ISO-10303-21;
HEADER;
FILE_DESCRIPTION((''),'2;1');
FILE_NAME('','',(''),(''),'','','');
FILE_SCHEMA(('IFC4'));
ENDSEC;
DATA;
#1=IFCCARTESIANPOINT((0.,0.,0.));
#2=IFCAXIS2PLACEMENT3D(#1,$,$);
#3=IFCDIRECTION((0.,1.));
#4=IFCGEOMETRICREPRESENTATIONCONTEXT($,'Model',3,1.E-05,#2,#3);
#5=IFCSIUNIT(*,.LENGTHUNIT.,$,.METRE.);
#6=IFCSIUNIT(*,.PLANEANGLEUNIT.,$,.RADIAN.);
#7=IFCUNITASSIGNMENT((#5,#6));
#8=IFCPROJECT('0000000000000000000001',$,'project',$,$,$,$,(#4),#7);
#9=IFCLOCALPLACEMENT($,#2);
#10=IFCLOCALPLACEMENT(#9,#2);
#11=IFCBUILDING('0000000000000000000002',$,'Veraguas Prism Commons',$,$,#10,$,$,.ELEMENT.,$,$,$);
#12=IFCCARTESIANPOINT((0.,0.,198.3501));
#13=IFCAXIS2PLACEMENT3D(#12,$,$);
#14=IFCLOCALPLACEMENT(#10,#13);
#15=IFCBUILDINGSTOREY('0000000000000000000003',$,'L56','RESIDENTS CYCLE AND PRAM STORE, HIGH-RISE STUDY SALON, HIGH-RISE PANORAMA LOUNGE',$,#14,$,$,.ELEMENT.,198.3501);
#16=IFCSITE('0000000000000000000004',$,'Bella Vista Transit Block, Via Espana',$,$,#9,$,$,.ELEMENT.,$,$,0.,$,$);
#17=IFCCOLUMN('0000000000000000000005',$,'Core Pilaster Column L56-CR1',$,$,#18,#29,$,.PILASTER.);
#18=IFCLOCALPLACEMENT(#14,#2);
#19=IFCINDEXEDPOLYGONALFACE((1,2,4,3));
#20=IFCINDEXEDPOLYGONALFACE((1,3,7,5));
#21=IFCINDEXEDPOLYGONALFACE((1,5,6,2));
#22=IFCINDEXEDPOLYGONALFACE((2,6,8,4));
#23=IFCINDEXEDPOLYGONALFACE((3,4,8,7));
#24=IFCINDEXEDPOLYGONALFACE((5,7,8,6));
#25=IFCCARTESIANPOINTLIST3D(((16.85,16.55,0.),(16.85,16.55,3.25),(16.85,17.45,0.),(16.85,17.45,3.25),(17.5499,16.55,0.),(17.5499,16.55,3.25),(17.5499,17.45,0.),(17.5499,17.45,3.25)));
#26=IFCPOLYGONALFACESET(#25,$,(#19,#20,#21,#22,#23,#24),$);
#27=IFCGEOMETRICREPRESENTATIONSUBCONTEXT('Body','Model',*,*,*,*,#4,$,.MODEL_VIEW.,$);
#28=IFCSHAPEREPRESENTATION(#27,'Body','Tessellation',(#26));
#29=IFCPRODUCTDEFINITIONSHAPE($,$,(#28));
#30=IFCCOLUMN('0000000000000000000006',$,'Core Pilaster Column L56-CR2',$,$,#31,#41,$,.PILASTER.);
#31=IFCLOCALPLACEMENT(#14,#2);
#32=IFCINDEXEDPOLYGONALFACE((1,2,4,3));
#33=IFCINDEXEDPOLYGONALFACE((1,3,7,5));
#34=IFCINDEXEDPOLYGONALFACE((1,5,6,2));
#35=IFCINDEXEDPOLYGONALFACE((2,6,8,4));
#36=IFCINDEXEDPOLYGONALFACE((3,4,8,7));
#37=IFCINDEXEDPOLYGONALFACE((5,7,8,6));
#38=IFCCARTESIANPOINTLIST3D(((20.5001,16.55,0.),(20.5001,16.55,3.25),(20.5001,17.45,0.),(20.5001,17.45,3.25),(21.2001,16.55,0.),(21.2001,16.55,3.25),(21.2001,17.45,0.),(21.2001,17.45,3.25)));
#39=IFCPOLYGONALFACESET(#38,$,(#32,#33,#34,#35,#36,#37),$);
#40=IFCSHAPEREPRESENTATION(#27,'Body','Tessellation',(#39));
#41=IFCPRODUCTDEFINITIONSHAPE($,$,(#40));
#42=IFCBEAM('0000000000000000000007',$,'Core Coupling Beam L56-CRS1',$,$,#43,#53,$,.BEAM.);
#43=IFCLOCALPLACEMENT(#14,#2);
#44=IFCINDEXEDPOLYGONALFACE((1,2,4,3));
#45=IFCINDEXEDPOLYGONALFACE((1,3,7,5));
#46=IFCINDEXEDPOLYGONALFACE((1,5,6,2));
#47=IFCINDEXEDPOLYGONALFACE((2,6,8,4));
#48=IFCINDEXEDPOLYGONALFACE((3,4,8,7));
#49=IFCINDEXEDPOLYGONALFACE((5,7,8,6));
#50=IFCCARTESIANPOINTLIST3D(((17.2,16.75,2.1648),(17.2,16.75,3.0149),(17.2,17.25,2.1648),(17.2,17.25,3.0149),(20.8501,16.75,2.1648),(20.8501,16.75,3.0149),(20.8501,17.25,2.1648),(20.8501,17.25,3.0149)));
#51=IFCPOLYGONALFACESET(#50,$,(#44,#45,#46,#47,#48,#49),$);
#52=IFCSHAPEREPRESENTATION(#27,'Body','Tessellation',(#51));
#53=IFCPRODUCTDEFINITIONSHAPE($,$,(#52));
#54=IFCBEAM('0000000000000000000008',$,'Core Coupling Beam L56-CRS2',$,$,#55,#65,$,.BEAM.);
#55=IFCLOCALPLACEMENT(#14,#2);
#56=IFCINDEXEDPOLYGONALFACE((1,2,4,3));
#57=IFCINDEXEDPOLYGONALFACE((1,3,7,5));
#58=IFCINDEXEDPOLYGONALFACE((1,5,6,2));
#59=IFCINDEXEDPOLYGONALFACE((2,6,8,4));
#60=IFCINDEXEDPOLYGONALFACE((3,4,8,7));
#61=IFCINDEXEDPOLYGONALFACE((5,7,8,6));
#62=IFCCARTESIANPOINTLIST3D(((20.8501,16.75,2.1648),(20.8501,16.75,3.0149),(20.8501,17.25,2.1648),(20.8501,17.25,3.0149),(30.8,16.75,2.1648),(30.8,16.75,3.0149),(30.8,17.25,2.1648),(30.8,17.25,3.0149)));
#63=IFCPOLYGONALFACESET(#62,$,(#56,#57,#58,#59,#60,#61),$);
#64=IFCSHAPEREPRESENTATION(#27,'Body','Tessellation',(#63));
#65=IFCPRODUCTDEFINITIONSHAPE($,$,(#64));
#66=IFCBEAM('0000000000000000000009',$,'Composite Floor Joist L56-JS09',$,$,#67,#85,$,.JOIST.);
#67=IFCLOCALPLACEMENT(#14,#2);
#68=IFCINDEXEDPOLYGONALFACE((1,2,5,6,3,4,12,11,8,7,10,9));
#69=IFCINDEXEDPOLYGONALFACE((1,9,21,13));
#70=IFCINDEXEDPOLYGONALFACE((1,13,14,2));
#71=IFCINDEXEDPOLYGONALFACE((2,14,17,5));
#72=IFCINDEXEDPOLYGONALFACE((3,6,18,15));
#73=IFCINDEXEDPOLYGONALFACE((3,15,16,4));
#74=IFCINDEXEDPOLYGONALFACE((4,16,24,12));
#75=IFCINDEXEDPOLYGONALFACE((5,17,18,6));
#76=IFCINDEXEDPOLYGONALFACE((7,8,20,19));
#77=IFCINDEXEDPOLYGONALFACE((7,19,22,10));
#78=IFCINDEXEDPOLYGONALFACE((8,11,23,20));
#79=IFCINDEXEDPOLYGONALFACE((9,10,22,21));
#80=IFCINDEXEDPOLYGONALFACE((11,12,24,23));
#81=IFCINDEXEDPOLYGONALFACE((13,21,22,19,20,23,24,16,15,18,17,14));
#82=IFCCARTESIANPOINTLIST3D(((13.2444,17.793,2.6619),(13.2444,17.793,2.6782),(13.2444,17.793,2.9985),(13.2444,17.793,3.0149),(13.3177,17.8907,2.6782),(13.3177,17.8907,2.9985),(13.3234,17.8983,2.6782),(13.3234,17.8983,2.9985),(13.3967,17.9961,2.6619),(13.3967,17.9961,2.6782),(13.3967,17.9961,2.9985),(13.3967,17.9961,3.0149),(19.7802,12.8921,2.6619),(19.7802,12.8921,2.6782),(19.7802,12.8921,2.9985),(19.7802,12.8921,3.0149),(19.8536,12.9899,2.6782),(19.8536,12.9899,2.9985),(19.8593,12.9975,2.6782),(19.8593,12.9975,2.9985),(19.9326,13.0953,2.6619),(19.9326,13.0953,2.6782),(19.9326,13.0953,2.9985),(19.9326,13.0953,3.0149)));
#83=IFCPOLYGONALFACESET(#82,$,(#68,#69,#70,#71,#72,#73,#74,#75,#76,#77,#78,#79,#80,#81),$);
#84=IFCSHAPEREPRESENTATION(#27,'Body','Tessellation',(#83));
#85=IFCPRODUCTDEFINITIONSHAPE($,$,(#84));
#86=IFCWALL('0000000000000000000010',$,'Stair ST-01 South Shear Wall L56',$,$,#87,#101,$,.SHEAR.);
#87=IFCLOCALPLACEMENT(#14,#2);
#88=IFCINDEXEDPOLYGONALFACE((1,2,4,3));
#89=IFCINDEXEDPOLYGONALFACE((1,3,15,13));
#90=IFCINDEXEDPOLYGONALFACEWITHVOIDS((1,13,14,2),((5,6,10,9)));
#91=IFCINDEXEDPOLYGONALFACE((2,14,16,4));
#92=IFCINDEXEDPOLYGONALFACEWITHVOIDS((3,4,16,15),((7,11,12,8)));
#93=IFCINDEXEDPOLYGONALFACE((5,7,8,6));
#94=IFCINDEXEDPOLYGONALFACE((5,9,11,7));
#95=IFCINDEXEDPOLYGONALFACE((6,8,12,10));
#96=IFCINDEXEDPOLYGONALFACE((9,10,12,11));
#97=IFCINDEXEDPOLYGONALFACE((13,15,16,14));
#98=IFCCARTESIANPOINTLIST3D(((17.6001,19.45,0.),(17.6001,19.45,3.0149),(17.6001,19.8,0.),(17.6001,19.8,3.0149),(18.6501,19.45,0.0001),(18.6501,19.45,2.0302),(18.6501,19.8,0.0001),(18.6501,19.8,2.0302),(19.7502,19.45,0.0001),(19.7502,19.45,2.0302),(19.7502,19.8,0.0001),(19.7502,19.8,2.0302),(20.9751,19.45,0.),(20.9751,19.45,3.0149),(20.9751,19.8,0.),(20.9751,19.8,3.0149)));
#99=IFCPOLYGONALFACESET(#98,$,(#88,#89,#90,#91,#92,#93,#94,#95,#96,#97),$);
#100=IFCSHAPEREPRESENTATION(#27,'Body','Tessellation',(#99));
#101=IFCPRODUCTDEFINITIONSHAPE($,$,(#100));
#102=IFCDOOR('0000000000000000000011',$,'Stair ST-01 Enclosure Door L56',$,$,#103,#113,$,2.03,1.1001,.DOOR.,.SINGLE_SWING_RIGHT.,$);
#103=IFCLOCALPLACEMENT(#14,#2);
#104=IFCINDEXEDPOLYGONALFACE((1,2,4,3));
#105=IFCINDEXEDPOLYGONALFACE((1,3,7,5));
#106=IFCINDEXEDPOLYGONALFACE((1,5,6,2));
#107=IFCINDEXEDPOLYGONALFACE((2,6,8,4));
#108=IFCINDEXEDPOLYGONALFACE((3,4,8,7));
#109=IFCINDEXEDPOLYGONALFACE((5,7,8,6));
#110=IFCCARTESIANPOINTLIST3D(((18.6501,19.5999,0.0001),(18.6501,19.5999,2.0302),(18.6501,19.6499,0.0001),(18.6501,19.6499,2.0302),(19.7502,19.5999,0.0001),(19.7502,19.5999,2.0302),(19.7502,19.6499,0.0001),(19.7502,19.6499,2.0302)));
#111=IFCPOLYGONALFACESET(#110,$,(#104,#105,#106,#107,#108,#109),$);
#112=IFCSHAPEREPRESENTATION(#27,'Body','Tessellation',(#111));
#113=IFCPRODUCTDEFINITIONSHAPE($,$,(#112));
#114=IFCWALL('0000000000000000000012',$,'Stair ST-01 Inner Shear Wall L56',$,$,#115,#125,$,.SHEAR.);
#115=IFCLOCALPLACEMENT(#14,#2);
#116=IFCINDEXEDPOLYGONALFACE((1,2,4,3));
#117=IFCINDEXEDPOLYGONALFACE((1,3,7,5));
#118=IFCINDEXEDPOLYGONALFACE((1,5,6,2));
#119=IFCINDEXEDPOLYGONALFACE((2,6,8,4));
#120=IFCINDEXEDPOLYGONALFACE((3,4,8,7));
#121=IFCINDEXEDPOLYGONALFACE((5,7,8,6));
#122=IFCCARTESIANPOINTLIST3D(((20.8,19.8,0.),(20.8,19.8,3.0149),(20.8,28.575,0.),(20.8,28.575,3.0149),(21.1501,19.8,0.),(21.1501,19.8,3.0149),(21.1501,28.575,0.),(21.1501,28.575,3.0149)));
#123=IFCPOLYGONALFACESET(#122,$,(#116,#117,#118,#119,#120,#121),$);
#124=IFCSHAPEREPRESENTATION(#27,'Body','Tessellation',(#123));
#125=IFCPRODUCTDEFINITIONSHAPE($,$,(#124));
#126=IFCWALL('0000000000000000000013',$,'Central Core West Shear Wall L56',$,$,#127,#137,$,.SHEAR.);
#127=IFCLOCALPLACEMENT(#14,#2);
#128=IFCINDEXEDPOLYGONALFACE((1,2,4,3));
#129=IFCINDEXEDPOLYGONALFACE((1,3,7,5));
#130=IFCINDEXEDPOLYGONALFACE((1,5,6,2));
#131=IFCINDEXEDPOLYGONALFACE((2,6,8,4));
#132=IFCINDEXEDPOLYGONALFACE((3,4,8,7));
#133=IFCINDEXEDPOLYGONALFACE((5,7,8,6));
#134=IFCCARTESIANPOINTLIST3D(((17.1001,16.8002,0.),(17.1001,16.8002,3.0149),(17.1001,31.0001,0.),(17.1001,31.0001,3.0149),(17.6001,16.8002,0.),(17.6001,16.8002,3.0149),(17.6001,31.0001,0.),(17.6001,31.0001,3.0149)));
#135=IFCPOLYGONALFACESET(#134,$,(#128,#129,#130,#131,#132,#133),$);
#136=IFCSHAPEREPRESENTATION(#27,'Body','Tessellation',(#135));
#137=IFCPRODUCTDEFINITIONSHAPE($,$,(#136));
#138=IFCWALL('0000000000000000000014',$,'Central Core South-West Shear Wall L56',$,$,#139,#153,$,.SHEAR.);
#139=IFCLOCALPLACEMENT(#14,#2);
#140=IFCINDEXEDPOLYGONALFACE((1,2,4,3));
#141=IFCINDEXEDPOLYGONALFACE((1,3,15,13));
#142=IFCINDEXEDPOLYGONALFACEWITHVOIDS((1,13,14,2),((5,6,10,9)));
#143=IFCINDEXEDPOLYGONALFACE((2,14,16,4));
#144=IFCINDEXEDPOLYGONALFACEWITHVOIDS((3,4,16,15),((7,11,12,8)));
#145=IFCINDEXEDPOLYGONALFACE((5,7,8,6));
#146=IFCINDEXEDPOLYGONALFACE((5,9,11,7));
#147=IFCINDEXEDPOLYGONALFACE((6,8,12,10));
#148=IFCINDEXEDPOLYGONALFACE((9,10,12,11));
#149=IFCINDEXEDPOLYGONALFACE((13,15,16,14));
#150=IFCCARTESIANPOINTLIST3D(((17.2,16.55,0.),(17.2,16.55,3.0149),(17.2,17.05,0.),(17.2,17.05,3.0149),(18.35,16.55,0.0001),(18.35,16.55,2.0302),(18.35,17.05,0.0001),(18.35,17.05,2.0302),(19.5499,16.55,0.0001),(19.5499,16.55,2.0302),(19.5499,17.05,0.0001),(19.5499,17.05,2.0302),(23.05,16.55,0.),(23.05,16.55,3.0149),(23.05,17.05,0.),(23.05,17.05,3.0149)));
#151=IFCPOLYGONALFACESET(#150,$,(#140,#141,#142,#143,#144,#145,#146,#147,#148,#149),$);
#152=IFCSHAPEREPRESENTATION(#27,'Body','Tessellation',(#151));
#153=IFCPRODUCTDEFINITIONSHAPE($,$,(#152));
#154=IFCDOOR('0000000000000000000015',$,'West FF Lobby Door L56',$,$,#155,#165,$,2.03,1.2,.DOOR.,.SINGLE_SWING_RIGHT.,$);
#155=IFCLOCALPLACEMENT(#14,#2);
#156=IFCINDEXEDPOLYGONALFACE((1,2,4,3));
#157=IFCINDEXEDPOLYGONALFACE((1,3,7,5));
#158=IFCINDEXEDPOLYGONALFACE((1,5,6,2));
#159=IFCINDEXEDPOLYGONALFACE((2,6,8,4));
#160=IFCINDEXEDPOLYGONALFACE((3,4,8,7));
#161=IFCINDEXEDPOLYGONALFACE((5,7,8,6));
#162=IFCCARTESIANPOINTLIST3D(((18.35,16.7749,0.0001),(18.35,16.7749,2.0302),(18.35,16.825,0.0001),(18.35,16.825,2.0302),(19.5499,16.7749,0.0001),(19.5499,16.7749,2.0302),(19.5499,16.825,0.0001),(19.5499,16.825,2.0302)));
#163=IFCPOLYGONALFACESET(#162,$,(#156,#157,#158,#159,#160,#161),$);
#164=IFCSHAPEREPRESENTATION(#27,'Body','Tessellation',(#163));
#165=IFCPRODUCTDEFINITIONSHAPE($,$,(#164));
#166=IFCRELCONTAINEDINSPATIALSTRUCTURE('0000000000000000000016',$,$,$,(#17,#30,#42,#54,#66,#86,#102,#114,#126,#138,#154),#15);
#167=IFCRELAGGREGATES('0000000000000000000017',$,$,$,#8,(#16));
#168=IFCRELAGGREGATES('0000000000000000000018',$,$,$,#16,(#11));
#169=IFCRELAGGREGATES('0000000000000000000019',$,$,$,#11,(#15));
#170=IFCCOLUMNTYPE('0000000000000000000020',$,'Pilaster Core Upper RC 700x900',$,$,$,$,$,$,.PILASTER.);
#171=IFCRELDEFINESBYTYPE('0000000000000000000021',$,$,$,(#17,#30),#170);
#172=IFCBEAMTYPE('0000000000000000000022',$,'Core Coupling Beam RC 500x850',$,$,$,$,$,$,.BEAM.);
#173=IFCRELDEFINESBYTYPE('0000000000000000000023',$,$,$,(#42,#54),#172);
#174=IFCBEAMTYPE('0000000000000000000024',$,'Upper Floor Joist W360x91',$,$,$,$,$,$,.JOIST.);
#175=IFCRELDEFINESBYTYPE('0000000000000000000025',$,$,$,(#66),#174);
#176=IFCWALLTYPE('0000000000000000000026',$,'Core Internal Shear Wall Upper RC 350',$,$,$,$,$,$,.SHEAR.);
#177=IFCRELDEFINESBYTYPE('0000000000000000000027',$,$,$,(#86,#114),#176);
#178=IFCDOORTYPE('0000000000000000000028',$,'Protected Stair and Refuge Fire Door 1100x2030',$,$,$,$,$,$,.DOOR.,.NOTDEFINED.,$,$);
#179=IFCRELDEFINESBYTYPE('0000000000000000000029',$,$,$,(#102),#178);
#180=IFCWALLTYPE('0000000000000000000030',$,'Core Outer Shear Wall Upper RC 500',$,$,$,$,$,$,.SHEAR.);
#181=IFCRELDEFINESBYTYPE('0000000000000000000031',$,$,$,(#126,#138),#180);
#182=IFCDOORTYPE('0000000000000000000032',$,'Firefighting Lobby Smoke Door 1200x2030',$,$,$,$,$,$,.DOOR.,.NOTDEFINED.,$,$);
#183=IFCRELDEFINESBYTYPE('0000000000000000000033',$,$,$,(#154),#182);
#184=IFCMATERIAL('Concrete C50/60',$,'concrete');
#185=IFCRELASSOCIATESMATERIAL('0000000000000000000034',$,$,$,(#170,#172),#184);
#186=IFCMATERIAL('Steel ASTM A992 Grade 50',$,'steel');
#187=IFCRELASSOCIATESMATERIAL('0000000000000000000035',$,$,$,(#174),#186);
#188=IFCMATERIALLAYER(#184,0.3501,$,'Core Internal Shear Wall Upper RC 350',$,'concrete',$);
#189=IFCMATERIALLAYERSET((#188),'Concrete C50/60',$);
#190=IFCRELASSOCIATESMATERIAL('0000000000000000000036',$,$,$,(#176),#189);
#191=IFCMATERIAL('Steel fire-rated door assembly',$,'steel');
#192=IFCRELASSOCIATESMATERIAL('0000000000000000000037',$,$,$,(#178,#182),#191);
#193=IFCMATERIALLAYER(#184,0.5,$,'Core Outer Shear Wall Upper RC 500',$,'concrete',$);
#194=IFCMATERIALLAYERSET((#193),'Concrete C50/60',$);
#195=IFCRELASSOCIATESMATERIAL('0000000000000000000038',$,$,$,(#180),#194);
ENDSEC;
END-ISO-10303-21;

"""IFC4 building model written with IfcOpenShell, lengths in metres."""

from ifc_helpers import new_model, si_unit, direction, frame, frame_2d, origin, origin_2d, place, context, subcontext, project, spatial, rectangle, i_section, extrude, source, transform, mapped, material, layer, layer_set, material_profile, profile_set, type_object, element, fill, save


model = new_model("IFC4")

# Units and contexts
model_context = context("Model", 3, precision=1e-05, world=origin(), true_north=direction((0.0, 1.0)))
body_context = subcontext(model_context, "Body", "Model", "MODEL_VIEW")
ifc_project = project(units=[si_unit("LENGTHUNIT", "METRE"), si_unit("PLANEANGLEUNIT", "RADIAN")], contexts=[model_context])

# Site, building, storey
site_placement = place(None, origin())
site = spatial("IfcSite", under=ifc_project, at=site_placement, Name="Bella Vista Transit Block, Via Espana", CompositionType="ELEMENT", RefElevation=0.0)
building_placement = place(site_placement, origin())
building = spatial("IfcBuilding", under=site, at=building_placement, Name="Veraguas Prism Commons", CompositionType="ELEMENT")
storey_placement = place(building_placement, frame((0.0, 0.0, 198.3501)))
storey = spatial("IfcBuildingStorey", under=building, at=storey_placement, Name="L56", Description="RESIDENTS CYCLE AND PRAM STORE, HIGH-RISE STUDY SALON, HIGH-RISE PANORAMA LOUNGE", CompositionType="ELEMENT", Elevation=198.3501)

# Columns
ifc_material_1 = material(Name="Concrete C50/60", Category="concrete")
ifc_material_profile_1 = material_profile(ifc_material_1, rectangle(XDim=0.7, YDim=0.8999, at=origin_2d()), Name="RC700X900")
ifc_profile_set_1 = profile_set([ifc_material_profile_1], Name="Concrete C50/60")
column_type = type_object("IfcColumnType", Name="Pilaster Core Upper RC 700x900", PredefinedType="PILASTER", material=ifc_profile_set_1)
for number, where, z_axis, x_axis, name in (
    (1, (17.2, 17.0, 0.0), (0.0, 0.0, 1.0), (1.0, 0.0, 0.0), "Core Pilaster Column L56-CR1"),
    (2, (20.8501, 17.0, 0.0), (0.0, 0.0, 1.0), (1.0, 0.0, 0.0), "Core Pilaster Column L56-CR2"),
):
    element("IfcColumn", number, at=place(storey_placement, frame(where, z_axis=z_axis, x_axis=x_axis)), inside=storey, type_object=column_type, Name=name, PredefinedType="PILASTER", context=body_context, shape_type="SweptSolid", body=[
        extrude(rectangle(XDim=0.7, YDim=0.8999, at=origin_2d()), origin(), (0.0, 0.0, 1.0), 3.25),
    ])

# Beams
ifc_material_profile_2 = material_profile(ifc_material_1, rectangle(XDim=0.5, YDim=0.8501, at=origin_2d()), Name="RC500X850")
ifc_profile_set_2 = profile_set([ifc_material_profile_2], Name="Concrete C50/60")
beam_type_1 = type_object("IfcBeamType", Name="Core Coupling Beam RC 500x850", PredefinedType="BEAM", material=ifc_profile_set_2)
beam_1_placement = place(storey_placement, frame((17.2, 17.0, 2.5898), z_axis=(1.0, 0.0, 0.0), x_axis=(0.0, 1.0, 0.0)))
element("IfcBeam", 3, at=beam_1_placement, inside=storey, type_object=beam_type_1, Name="Core Coupling Beam L56-CRS1", PredefinedType="BEAM", context=body_context, shape_type="SweptSolid", body=[
    extrude(rectangle(XDim=0.5, YDim=0.8501, at=origin_2d()), origin(), (0.0, 0.0, 1.0), 3.6501),
])
beam_2_placement = place(storey_placement, frame((20.8501, 17.0, 2.5898), z_axis=(1.0, 0.0, 0.0), x_axis=(0.0, 1.0, 0.0)))
element("IfcBeam", 4, at=beam_2_placement, inside=storey, type_object=beam_type_1, Name="Core Coupling Beam L56-CRS2", PredefinedType="BEAM", context=body_context, shape_type="SweptSolid", body=[
    extrude(rectangle(XDim=0.5, YDim=0.8501, at=origin_2d()), origin(), (0.0, 0.0, 1.0), 9.95),
])
ifc_material_2 = material(Name="Steel ASTM A992 Grade 50", Category="steel")
ifc_material_profile_3 = material_profile(ifc_material_2, i_section(OverallWidth=0.2539, OverallDepth=0.353, WebThickness=0.0095, FlangeThickness=0.0164, at=origin_2d()), Name="W360X91")
ifc_profile_set_3 = profile_set([ifc_material_profile_3], Name="Steel ASTM A992 Grade 50")
beam_type_2 = type_object("IfcBeamType", Name="Upper Floor Joist W360x91", PredefinedType="JOIST", material=ifc_profile_set_3)
beam_3_placement = place(storey_placement, frame((13.3206, 17.8945, 2.8384), z_axis=(0.800061, -0.599919, 0.0), x_axis=(0.599919, 0.800061, 0.0)))
element("IfcBeam", 5, at=beam_3_placement, inside=storey, type_object=beam_type_2, Name="Composite Floor Joist L56-JS09", PredefinedType="JOIST", context=body_context, shape_type="SweptSolid", body=[
    extrude(i_section(OverallWidth=0.2539, OverallDepth=0.353, WebThickness=0.0095, FlangeThickness=0.0164, at=origin_2d()), origin(), (0.0, 0.0, 1.0), 8.1692),
])

# Wall, opening, door
ifc_layer_1 = layer(ifc_material_1, 0.3501, Name="Core Internal Shear Wall Upper RC 350", Category="concrete")
ifc_layer_set_1 = layer_set([ifc_layer_1], Name="Concrete C50/60")
wall_type_1 = type_object("IfcWallType", Name="Core Internal Shear Wall Upper RC 350", PredefinedType="SHEAR", material=ifc_layer_set_1)
wall_1_placement = place(storey_placement, frame((17.6001, 19.625, 0.0), z_axis=(0.0, 0.0, 1.0), x_axis=(1.0, 0.0, 0.0)))
wall_1 = element("IfcWall", 6, at=wall_1_placement, inside=storey, type_object=wall_type_1, Name="Stair ST-01 South Shear Wall L56", PredefinedType="SHEAR", context=body_context, shape_type="SweptSolid", body=[
    extrude(rectangle(XDim=3.375, YDim=0.3501, at=frame_2d((1.6875, 0.0))), origin(), (0.0, 0.0, 1.0), 3.0149),
])
opening_1_placement = place(wall_1_placement, frame((1.05, 0.0, 0.0)))
opening_1 = element("IfcOpeningElement", 7, at=opening_1_placement, cuts=wall_1, PredefinedType="OPENING", context=body_context, shape_type="SweptSolid", body=[
    extrude(rectangle(XDim=1.1001, YDim=2.03, at=frame_2d((0.55, 1.0151))), frame((0.0, 0.1851, 0.0), z_axis=(0.0, -1.0, 0.0), x_axis=(1.0, 0.0, 0.0)), (0.0, 0.0, 1.0), 0.3701),
])
ifc_material_3 = material(Name="Steel fire-rated door assembly", Category="steel")
door_type_1 = type_object("IfcDoorType", Name="Protected Stair and Refuge Fire Door 1100x2030", OperationType="NOTDEFINED", PredefinedType="DOOR", material=ifc_material_3)
shared_shape_1 = source(origin(), body_context, "Body", "SweptSolid", [
    extrude(rectangle(XDim=1.1001, YDim=2.03, at=frame_2d((0.55, 1.0151))), frame((0.0, 0.0249, 0.0), z_axis=(0.0, -1.0, 0.0), x_axis=(1.0, 0.0, 0.0)), (0.0, 0.0, 1.0), 0.05),
])
door_1_placement = place(opening_1_placement, origin())
door_1 = element("IfcDoor", 8, at=door_1_placement, inside=storey, type_object=door_type_1, Name="Stair ST-01 Enclosure Door L56", OperationType="SINGLE_SWING_RIGHT", OverallHeight=2.03, OverallWidth=1.1001, PredefinedType="DOOR", context=body_context, shape_type="MappedRepresentation", body=[
    mapped(shared_shape_1, transform((0.0, 0.0, 0.0), scale=1.0)),
])
fill(opening_1, door_1)

# Walls
wall_2_placement = place(storey_placement, frame((20.9751, 19.8, 0.0), z_axis=(0.0, 0.0, 1.0), x_axis=(0.0, 1.0, 0.0)))
element("IfcWall", 9, at=wall_2_placement, inside=storey, type_object=wall_type_1, Name="Stair ST-01 Inner Shear Wall L56", PredefinedType="SHEAR", context=body_context, shape_type="SweptSolid", body=[
    extrude(rectangle(XDim=8.7749, YDim=0.3501, at=frame_2d((4.3875, 0.0))), origin(), (0.0, 0.0, 1.0), 3.0149),
])
ifc_layer_2 = layer(ifc_material_1, 0.5, Name="Core Outer Shear Wall Upper RC 500", Category="concrete")
ifc_layer_set_2 = layer_set([ifc_layer_2], Name="Concrete C50/60")
wall_type_2 = type_object("IfcWallType", Name="Core Outer Shear Wall Upper RC 500", PredefinedType="SHEAR", material=ifc_layer_set_2)
wall_3_placement = place(storey_placement, frame((17.3501, 16.8, 0.0), z_axis=(0.0, 0.0, 1.0), x_axis=(0.0, 1.0, 0.0)))
element("IfcWall", 10, at=wall_3_placement, inside=storey, type_object=wall_type_2, Name="Central Core West Shear Wall L56", PredefinedType="SHEAR", context=body_context, shape_type="SweptSolid", body=[
    extrude(rectangle(XDim=14.2, YDim=0.5, at=frame_2d((7.1001, 0.0))), origin(), (0.0, 0.0, 1.0), 3.0149),
])

# Wall, opening, door
wall_4_placement = place(storey_placement, frame((17.2, 16.8, 0.0), z_axis=(0.0, 0.0, 1.0), x_axis=(1.0, 0.0, 0.0)))
wall_4 = element("IfcWall", 11, at=wall_4_placement, inside=storey, type_object=wall_type_2, Name="Central Core South-West Shear Wall L56", PredefinedType="SHEAR", context=body_context, shape_type="SweptSolid", body=[
    extrude(rectangle(XDim=5.8501, YDim=0.5, at=frame_2d((2.925, 0.0))), origin(), (0.0, 0.0, 1.0), 3.0149),
])
opening_2_placement = place(wall_4_placement, frame((1.1499, 0.0, 0.0)))
opening_2 = element("IfcOpeningElement", 12, at=opening_2_placement, cuts=wall_4, PredefinedType="OPENING", context=body_context, shape_type="SweptSolid", body=[
    extrude(rectangle(XDim=1.2, YDim=2.03, at=frame_2d((0.6001, 1.0151))), frame((0.0, 0.26, 0.0), z_axis=(0.0, -1.0, 0.0), x_axis=(1.0, 0.0, 0.0)), (0.0, 0.0, 1.0), 0.52),
])
door_type_2 = type_object("IfcDoorType", Name="Firefighting Lobby Smoke Door 1200x2030", OperationType="NOTDEFINED", PredefinedType="DOOR", material=ifc_material_3)
shared_shape_2 = source(origin(), body_context, "Body", "SweptSolid", [
    extrude(rectangle(XDim=1.2, YDim=2.03, at=frame_2d((0.6001, 1.0151))), frame((0.0, 0.0249, 0.0), z_axis=(0.0, -1.0, 0.0), x_axis=(1.0, 0.0, 0.0)), (0.0, 0.0, 1.0), 0.05),
])
door_2_placement = place(opening_2_placement, origin())
door_2 = element("IfcDoor", 13, at=door_2_placement, inside=storey, type_object=door_type_2, Name="West FF Lobby Door L56", OperationType="SINGLE_SWING_RIGHT", OverallHeight=2.03, OverallWidth=1.2, PredefinedType="DOOR", context=body_context, shape_type="MappedRepresentation", body=[
    mapped(shared_shape_2, transform((0.0, 0.0, 0.0), scale=1.0)),
])
fill(opening_2, door_2)

save(model, "model.ifc")
